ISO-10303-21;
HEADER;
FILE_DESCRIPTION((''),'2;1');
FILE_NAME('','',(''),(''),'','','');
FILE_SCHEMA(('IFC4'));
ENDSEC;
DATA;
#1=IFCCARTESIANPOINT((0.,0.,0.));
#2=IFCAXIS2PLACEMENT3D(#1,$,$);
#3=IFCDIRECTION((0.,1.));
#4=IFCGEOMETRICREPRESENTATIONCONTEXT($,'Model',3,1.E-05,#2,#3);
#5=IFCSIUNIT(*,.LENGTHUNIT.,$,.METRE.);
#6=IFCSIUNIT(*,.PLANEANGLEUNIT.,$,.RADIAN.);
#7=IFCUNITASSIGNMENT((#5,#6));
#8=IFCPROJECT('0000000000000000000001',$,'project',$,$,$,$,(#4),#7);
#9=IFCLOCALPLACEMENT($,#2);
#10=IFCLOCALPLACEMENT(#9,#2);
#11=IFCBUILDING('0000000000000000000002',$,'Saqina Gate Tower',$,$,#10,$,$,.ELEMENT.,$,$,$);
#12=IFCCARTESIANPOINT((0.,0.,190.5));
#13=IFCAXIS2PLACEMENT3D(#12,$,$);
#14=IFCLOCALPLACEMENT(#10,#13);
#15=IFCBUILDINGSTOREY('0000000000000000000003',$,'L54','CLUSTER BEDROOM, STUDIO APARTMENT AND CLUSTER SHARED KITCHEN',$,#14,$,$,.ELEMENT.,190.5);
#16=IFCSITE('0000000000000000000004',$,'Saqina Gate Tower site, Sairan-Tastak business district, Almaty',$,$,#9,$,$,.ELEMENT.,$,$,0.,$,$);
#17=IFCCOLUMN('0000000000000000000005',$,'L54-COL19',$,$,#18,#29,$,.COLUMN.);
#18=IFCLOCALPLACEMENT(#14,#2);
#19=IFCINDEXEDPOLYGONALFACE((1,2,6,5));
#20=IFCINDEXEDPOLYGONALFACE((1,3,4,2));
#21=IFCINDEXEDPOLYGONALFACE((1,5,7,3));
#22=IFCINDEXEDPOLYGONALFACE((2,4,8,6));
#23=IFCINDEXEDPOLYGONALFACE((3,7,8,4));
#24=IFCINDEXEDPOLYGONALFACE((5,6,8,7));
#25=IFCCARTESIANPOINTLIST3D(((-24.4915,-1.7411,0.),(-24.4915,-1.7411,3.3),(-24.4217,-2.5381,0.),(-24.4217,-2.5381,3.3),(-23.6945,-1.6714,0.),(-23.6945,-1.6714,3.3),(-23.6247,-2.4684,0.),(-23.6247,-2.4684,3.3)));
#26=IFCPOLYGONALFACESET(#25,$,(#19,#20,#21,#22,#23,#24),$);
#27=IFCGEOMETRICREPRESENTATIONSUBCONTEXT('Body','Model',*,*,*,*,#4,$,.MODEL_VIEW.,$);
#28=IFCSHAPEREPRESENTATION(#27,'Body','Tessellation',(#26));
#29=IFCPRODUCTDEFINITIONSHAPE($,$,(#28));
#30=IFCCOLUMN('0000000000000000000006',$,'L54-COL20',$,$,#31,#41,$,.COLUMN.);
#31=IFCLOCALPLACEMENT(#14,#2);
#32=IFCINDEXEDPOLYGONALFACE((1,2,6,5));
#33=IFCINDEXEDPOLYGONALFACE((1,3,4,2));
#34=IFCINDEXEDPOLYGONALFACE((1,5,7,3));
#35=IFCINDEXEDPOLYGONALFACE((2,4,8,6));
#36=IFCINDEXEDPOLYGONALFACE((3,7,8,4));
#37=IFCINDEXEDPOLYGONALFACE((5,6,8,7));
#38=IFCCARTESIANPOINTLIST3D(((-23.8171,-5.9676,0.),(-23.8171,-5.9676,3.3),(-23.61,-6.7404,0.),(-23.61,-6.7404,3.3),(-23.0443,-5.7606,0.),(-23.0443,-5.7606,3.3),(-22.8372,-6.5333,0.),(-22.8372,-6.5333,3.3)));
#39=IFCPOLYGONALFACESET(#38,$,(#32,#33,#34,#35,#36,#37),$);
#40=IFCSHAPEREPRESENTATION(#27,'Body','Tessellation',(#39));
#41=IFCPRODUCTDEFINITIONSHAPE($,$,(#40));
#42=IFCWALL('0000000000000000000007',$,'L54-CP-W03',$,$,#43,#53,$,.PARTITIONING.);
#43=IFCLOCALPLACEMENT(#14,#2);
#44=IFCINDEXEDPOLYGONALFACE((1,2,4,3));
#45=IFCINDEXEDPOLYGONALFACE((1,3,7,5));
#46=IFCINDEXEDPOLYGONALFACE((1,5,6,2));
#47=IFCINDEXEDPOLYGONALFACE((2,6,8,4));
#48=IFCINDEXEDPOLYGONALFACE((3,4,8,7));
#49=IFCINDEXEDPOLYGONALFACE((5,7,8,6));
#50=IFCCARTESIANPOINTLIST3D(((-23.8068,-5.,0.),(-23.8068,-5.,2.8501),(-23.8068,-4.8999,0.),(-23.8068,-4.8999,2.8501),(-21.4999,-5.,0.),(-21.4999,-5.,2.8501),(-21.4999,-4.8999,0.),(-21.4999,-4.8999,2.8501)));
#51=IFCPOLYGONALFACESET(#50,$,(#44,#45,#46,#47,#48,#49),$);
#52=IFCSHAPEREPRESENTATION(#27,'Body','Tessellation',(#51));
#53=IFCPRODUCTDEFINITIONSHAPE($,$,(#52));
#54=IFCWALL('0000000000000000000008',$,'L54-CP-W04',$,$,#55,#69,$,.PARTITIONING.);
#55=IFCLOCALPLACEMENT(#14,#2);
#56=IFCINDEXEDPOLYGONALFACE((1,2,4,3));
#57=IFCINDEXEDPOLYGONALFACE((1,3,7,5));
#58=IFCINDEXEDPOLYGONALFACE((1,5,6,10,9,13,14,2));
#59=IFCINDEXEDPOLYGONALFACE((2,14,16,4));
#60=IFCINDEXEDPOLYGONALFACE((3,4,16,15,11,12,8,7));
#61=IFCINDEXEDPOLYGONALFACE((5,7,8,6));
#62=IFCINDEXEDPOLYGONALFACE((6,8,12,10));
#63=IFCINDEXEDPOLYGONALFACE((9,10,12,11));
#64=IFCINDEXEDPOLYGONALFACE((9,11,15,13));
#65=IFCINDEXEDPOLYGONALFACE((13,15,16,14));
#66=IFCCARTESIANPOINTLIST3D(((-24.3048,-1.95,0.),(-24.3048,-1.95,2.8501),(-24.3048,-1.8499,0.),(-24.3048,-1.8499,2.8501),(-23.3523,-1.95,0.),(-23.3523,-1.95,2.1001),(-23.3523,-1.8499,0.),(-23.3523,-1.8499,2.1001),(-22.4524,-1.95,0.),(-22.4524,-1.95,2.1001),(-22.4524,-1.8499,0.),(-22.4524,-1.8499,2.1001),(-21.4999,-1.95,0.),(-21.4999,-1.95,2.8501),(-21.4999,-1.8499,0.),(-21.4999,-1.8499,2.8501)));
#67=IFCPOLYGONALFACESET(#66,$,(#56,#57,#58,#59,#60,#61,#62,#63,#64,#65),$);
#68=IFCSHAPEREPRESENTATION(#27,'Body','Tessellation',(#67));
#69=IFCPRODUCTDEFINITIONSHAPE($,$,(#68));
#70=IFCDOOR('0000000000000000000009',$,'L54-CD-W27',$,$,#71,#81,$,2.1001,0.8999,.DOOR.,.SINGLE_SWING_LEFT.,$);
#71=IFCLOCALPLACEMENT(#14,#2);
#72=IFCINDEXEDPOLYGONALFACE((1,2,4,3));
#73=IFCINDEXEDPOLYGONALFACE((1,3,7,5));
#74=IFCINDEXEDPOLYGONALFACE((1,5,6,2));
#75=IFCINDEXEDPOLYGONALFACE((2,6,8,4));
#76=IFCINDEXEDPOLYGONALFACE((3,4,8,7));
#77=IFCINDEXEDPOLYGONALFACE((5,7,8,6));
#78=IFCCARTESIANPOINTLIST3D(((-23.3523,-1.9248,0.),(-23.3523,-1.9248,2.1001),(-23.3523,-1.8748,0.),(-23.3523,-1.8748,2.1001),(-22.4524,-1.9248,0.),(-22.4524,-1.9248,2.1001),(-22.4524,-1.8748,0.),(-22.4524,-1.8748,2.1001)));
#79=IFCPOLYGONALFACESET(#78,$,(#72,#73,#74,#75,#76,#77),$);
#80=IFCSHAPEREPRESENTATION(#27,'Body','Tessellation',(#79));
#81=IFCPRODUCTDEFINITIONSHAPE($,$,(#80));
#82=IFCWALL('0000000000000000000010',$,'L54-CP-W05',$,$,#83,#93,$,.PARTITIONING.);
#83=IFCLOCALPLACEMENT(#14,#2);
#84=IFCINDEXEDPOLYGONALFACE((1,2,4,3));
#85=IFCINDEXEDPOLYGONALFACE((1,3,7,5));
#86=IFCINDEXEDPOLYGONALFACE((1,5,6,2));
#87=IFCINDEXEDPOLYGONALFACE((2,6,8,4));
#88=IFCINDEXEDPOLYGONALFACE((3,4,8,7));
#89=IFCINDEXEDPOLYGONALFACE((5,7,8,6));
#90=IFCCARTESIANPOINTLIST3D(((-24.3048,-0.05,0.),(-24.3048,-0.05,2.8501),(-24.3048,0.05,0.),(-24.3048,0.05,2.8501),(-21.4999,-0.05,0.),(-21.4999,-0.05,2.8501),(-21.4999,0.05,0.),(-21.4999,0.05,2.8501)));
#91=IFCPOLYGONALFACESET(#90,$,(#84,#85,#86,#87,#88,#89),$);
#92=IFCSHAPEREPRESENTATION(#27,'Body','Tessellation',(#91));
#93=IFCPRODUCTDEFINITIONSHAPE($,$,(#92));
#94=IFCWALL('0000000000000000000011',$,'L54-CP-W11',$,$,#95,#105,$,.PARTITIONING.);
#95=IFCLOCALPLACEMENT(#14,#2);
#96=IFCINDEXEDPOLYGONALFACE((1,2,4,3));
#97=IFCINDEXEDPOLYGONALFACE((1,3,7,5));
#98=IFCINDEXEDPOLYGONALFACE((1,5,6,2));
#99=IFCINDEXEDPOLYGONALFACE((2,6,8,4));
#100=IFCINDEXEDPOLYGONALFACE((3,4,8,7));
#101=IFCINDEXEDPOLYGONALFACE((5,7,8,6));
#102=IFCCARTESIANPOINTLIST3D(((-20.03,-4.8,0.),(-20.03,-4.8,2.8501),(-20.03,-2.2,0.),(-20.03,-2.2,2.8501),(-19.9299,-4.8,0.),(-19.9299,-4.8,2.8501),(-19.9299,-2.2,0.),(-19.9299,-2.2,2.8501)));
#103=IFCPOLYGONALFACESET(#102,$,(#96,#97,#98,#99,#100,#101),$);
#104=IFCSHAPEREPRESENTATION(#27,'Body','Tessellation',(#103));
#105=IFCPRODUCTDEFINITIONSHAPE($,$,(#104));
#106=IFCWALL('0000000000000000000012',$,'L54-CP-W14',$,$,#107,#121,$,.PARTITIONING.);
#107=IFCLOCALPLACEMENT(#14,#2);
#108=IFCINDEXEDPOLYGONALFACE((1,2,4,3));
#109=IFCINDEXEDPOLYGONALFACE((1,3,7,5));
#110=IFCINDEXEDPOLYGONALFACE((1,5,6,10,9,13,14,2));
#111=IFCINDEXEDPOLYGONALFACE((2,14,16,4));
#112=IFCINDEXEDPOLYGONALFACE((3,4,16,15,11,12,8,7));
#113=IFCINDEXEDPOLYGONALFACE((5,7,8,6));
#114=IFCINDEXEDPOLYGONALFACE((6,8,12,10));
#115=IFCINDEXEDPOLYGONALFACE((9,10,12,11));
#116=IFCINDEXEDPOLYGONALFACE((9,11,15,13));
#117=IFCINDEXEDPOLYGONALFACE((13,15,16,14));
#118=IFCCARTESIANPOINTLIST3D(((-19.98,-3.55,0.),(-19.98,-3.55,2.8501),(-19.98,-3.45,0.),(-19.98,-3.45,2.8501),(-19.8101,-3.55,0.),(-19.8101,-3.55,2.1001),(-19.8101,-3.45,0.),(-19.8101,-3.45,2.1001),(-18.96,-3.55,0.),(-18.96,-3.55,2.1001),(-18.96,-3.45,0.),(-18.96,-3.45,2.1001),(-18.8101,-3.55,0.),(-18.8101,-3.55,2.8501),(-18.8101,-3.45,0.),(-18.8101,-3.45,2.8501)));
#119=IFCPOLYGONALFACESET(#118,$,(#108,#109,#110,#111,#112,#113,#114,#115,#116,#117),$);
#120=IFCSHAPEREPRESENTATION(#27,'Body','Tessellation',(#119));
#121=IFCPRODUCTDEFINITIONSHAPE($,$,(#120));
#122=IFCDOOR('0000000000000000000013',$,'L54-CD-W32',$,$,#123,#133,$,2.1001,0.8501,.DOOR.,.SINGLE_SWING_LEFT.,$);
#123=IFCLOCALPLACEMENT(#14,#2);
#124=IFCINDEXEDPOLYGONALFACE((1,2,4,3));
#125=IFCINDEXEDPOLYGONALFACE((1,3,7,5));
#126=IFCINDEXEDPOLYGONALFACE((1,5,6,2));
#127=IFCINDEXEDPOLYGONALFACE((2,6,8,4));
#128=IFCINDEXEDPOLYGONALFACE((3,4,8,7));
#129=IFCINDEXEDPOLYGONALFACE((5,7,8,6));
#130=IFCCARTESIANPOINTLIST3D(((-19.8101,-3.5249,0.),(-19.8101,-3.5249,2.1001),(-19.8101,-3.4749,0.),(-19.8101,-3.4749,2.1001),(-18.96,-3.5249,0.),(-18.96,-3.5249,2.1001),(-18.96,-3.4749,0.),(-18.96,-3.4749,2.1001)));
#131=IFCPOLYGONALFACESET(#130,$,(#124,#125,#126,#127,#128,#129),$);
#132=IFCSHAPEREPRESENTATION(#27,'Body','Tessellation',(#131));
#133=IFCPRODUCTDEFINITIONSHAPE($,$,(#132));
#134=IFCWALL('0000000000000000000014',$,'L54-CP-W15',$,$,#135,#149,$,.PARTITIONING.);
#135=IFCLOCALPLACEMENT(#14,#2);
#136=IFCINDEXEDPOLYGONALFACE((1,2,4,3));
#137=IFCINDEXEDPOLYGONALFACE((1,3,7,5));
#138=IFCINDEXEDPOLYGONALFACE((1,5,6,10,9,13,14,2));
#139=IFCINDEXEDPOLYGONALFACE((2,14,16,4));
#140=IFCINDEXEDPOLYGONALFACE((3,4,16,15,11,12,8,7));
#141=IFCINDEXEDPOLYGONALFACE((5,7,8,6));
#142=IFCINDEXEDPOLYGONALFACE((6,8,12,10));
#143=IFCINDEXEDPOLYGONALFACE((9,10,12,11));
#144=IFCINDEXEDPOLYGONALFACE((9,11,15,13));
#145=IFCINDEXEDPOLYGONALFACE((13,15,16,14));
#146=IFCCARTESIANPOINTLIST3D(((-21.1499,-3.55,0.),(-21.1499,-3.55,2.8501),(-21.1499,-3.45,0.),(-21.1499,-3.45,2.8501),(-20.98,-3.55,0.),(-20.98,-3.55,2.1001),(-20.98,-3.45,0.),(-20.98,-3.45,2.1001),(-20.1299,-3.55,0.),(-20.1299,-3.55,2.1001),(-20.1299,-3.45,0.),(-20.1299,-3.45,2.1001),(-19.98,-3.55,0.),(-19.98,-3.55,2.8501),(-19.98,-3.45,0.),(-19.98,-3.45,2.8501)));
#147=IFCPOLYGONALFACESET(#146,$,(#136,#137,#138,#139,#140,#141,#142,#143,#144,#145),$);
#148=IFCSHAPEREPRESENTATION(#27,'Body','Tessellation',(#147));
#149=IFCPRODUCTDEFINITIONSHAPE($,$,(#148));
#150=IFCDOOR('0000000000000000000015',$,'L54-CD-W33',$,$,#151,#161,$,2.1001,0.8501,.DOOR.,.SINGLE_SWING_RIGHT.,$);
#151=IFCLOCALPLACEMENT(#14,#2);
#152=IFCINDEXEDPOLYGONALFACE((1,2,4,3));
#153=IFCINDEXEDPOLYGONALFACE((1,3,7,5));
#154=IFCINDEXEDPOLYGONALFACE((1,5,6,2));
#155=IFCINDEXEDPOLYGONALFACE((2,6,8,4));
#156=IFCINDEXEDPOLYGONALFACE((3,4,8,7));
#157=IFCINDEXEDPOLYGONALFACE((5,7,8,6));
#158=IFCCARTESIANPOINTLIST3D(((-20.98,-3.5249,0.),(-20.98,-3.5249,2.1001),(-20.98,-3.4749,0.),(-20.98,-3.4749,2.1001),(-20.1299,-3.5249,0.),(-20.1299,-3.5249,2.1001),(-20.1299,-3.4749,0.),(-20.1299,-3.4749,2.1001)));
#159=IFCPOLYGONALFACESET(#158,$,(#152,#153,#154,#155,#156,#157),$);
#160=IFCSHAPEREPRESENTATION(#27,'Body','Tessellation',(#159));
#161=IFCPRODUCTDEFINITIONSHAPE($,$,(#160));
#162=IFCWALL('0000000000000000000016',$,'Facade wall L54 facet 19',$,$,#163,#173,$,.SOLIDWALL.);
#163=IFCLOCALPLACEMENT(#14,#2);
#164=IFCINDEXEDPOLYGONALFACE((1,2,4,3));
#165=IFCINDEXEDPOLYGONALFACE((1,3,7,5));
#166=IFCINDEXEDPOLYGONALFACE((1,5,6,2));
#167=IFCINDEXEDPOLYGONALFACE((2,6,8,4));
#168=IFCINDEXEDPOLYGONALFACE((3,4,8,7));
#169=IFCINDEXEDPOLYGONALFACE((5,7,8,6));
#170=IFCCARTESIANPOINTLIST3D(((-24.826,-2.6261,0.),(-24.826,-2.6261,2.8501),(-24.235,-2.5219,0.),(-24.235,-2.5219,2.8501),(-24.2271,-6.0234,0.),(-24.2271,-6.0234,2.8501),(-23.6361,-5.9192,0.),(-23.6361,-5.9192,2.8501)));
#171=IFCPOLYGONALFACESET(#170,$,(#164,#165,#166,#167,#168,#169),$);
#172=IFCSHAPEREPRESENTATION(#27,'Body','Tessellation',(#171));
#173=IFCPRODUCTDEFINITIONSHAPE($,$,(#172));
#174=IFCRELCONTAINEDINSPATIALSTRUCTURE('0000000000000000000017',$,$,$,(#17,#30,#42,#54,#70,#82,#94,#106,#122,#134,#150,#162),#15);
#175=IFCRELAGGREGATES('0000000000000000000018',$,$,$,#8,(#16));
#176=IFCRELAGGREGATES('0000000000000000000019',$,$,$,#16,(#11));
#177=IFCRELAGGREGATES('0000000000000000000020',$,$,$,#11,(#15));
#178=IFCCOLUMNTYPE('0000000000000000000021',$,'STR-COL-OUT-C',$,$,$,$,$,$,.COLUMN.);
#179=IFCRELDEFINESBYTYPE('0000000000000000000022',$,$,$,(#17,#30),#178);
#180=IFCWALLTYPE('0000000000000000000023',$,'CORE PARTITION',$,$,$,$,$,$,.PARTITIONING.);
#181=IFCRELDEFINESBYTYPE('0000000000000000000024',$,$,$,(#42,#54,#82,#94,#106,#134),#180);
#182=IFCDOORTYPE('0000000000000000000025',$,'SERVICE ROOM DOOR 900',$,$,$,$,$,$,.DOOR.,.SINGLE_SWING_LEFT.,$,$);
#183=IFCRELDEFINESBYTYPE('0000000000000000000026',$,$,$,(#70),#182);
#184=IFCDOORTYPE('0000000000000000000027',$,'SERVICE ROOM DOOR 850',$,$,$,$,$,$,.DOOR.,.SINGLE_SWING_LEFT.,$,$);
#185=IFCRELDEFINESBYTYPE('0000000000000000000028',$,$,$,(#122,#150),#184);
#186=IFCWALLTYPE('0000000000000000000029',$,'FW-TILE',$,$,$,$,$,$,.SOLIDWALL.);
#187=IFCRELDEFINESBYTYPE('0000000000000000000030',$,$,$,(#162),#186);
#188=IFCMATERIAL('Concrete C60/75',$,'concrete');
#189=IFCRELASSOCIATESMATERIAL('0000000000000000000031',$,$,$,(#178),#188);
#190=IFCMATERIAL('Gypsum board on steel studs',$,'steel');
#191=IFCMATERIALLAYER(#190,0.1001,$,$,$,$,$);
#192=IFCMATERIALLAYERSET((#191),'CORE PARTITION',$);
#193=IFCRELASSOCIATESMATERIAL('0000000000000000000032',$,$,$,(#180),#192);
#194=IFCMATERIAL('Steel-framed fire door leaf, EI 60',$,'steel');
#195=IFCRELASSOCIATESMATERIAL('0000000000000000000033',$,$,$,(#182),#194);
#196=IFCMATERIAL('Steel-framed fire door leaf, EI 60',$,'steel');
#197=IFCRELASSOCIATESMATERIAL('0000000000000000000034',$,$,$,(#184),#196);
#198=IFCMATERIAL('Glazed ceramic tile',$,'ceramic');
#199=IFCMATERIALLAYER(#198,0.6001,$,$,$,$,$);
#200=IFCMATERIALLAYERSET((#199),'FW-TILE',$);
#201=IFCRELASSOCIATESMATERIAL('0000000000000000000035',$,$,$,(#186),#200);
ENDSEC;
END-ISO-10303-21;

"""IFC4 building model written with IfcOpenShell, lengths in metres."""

from ifc_helpers import new_model, si_unit, direction, frame, frame_2d, origin, origin_2d, place, context, subcontext, project, spatial, rectangle, extrude, material, layer, layer_set, material_profile, profile_set, type_object, element, fill, save


model = new_model("IFC4")

# Units and contexts
model_context = context("Model", 3, precision=1e-05, world=origin(), true_north=direction((0.0, 1.0)))
body_context = subcontext(model_context, "Body", "Model", "MODEL_VIEW")
ifc_project = project(units=[si_unit("LENGTHUNIT", "METRE"), si_unit("PLANEANGLEUNIT", "RADIAN")], contexts=[model_context])

# Site, building, storey
site_placement = place(None, origin())
site = spatial("IfcSite", under=ifc_project, at=site_placement, Name="Saqina Gate Tower site, Sairan-Tastak business district, Almaty", CompositionType="ELEMENT", RefElevation=0.0)
building_placement = place(site_placement, origin())
building = spatial("IfcBuilding", under=site, at=building_placement, Name="Saqina Gate Tower", CompositionType="ELEMENT")
storey_placement = place(building_placement, frame((0.0, 0.0, 190.5)))
storey = spatial("IfcBuildingStorey", under=building, at=storey_placement, Name="L54", Description="CLUSTER BEDROOM, STUDIO APARTMENT AND CLUSTER SHARED KITCHEN", CompositionType="ELEMENT", Elevation=190.5)

# Columns
ifc_material_1 = material(Name="Concrete C60/75", Category="concrete")
ifc_material_profile = material_profile(ifc_material_1, rectangle(XDim=0.8, YDim=0.8, at=origin_2d()), Name="RC 800x800")
ifc_profile_set = profile_set([ifc_material_profile], Name="Concrete C60/75")
column_type = type_object("IfcColumnType", Name="STR-COL-OUT-C", PredefinedType="COLUMN", material=ifc_profile_set)
for number, where, z_axis, x_axis, name in (
    (1, (-24.0581, -2.1047, 0.0), (0.0, 0.0, 1.0), (-0.996195, -0.087156, 0.0), "L54-COL19"),
    (2, (-23.3271, -6.2505, 0.0), (0.0, 0.0, 1.0), (-0.965926, -0.258819, 0.0), "L54-COL20"),
):
    element("IfcColumn", number, at=place(storey_placement, frame(where, z_axis=z_axis, x_axis=x_axis)), inside=storey, type_object=column_type, Name=name, PredefinedType="COLUMN", context=body_context, shape_type="SweptSolid", body=[
        extrude(rectangle(XDim=0.8, YDim=0.8, at=origin_2d()), origin(), (0.0, 0.0, 1.0), 3.3),
    ])

# Wall
ifc_material_2 = material(Name="Gypsum board on steel studs", Category="steel")
ifc_layer_1 = layer(ifc_material_2, 0.1001)
ifc_layer_set_1 = layer_set([ifc_layer_1], Name="CORE PARTITION")
wall_type_1 = type_object("IfcWallType", Name="CORE PARTITION", PredefinedType="PARTITIONING", material=ifc_layer_set_1)
wall_1_placement = place(storey_placement, frame((-21.5, -4.95, 0.0), z_axis=(0.0, 0.0, 1.0), x_axis=(-1.0, 0.0, 0.0)))
element("IfcWall", 3, at=wall_1_placement, inside=storey, type_object=wall_type_1, Name="L54-CP-W03", PredefinedType="PARTITIONING", context=body_context, shape_type="SweptSolid", body=[
    extrude(rectangle(XDim=2.3069, YDim=0.1001, at=frame_2d((1.1533, 0.0))), origin(), (0.0, 0.0, 1.0), 2.8501),
])

# Wall, opening, door
wall_2_placement = place(storey_placement, frame((-21.5, -1.8999, 0.0), z_axis=(0.0, 0.0, 1.0), x_axis=(-1.0, 0.0, 0.0)))
wall_2 = element("IfcWall", 4, at=wall_2_placement, inside=storey, type_object=wall_type_1, Name="L54-CP-W04", PredefinedType="PARTITIONING", context=body_context, shape_type="SweptSolid", body=[
    extrude(rectangle(XDim=2.8049, YDim=0.1001, at=frame_2d((1.4023, 0.0))), origin(), (0.0, 0.0, 1.0), 2.8501),
])
opening_1_placement = place(wall_2_placement, frame((0.9524, 0.0, 0.0)))
opening_1 = element("IfcOpeningElement", 5, at=opening_1_placement, cuts=wall_2, PredefinedType="OPENING", context=body_context, shape_type="SweptSolid", body=[
    extrude(rectangle(XDim=0.8999, YDim=2.1001, at=frame_2d((0.45, 1.05))), frame((0.0, 0.062, 0.0), z_axis=(0.0, -1.0, 0.0), x_axis=(1.0, 0.0, 0.0)), (0.0, 0.0, 1.0), 0.124),
])
ifc_material_3 = material(Name="Steel-framed fire door leaf, EI 60", Category="steel")
door_type_1 = type_object("IfcDoorType", Name="SERVICE ROOM DOOR 900", OperationType="SINGLE_SWING_LEFT", PredefinedType="DOOR", material=ifc_material_3)
door_1_placement = place(opening_1_placement, origin())
door_1 = element("IfcDoor", 6, at=door_1_placement, inside=storey, type_object=door_type_1, Name="L54-CD-W27", OperationType="SINGLE_SWING_LEFT", OverallHeight=2.1001, OverallWidth=0.8999, PredefinedType="DOOR", context=body_context, shape_type="SweptSolid", body=[
    extrude(rectangle(XDim=0.8999, YDim=2.1001, at=frame_2d((0.45, 1.05))), frame((0.0, 0.0249, 0.0), z_axis=(0.0, -1.0, 0.0), x_axis=(1.0, 0.0, 0.0)), (0.0, 0.0, 1.0), 0.05),
])
fill(opening_1, door_1)

# Walls
wall_3_placement = place(storey_placement, frame((-21.5, 0.0, 0.0), z_axis=(0.0, 0.0, 1.0), x_axis=(-1.0, 0.0, 0.0)))
element("IfcWall", 7, at=wall_3_placement, inside=storey, type_object=wall_type_1, Name="L54-CP-W05", PredefinedType="PARTITIONING", context=body_context, shape_type="SweptSolid", body=[
    extrude(rectangle(XDim=2.8049, YDim=0.1001, at=frame_2d((1.4023, 0.0))), origin(), (0.0, 0.0, 1.0), 2.8501),
])
wall_4_placement = place(storey_placement, frame((-19.98, -4.8, 0.0), z_axis=(0.0, 0.0, 1.0), x_axis=(0.0, 1.0, 0.0)))
element("IfcWall", 8, at=wall_4_placement, inside=storey, type_object=wall_type_1, Name="L54-CP-W11", PredefinedType="PARTITIONING", context=body_context, shape_type="SweptSolid", body=[
    extrude(rectangle(XDim=2.6001, YDim=0.1001, at=frame_2d((1.3, 0.0))), origin(), (0.0, 0.0, 1.0), 2.8501),
])

# Walls, openings, doors
wall_5_placement = place(storey_placement, frame((-18.8101, -3.5, 0.0), z_axis=(0.0, 0.0, 1.0), x_axis=(-1.0, 0.0, 0.0)))
wall_5 = element("IfcWall", 9, at=wall_5_placement, inside=storey, type_object=wall_type_1, Name="L54-CP-W14", PredefinedType="PARTITIONING", context=body_context, shape_type="SweptSolid", body=[
    extrude(rectangle(XDim=1.1699, YDim=0.1001, at=frame_2d((0.585, 0.0))), origin(), (0.0, 0.0, 1.0), 2.8501),
])
opening_2_placement = place(wall_5_placement, frame((0.1499, 0.0, 0.0)))
opening_2 = element("IfcOpeningElement", 10, at=opening_2_placement, cuts=wall_5, PredefinedType="OPENING", context=body_context, shape_type="SweptSolid", body=[
    extrude(rectangle(XDim=0.8501, YDim=2.1001, at=frame_2d((0.425, 1.05))), frame((0.0, 0.062, 0.0), z_axis=(0.0, -1.0, 0.0), x_axis=(1.0, 0.0, 0.0)), (0.0, 0.0, 1.0), 0.124),
])
ifc_material_4 = material(Name="Steel-framed fire door leaf, EI 60", Category="steel")
door_type_2 = type_object("IfcDoorType", Name="SERVICE ROOM DOOR 850", OperationType="SINGLE_SWING_LEFT", PredefinedType="DOOR", material=ifc_material_4)
door_2_placement = place(opening_2_placement, origin())
door_2 = element("IfcDoor", 11, at=door_2_placement, inside=storey, type_object=door_type_2, Name="L54-CD-W32", OperationType="SINGLE_SWING_LEFT", OverallHeight=2.1001, OverallWidth=0.8501, PredefinedType="DOOR", context=body_context, shape_type="SweptSolid", body=[
    extrude(rectangle(XDim=0.8501, YDim=2.1001, at=frame_2d((0.425, 1.05))), frame((0.0, 0.0249, 0.0), z_axis=(0.0, -1.0, 0.0), x_axis=(1.0, 0.0, 0.0)), (0.0, 0.0, 1.0), 0.05),
])
fill(opening_2, door_2)
wall_6_placement = place(storey_placement, frame((-19.98, -3.5, 0.0), z_axis=(0.0, 0.0, 1.0), x_axis=(-1.0, 0.0, 0.0)))
wall_6 = element("IfcWall", 12, at=wall_6_placement, inside=storey, type_object=wall_type_1, Name="L54-CP-W15", PredefinedType="PARTITIONING", context=body_context, shape_type="SweptSolid", body=[
    extrude(rectangle(XDim=1.1699, YDim=0.1001, at=frame_2d((0.585, 0.0))), origin(), (0.0, 0.0, 1.0), 2.8501),
])
opening_3_placement = place(wall_6_placement, frame((0.1499, 0.0, 0.0)))
opening_3 = element("IfcOpeningElement", 13, at=opening_3_placement, cuts=wall_6, PredefinedType="OPENING", context=body_context, shape_type="SweptSolid", body=[
    extrude(rectangle(XDim=0.8501, YDim=2.1001, at=frame_2d((0.425, 1.05))), frame((0.0, 0.062, 0.0), z_axis=(0.0, -1.0, 0.0), x_axis=(1.0, 0.0, 0.0)), (0.0, 0.0, 1.0), 0.124),
])
door_3_placement = place(opening_3_placement, origin())
door_3 = element("IfcDoor", 14, at=door_3_placement, inside=storey, type_object=door_type_2, Name="L54-CD-W33", OperationType="SINGLE_SWING_RIGHT", OverallHeight=2.1001, OverallWidth=0.8501, PredefinedType="DOOR", context=body_context, shape_type="SweptSolid", body=[
    extrude(rectangle(XDim=0.8501, YDim=2.1001, at=frame_2d((0.425, 1.05))), frame((0.0, 0.0249, 0.0), z_axis=(0.0, -1.0, 0.0), x_axis=(1.0, 0.0, 0.0)), (0.0, 0.0, 1.0), 0.05),
])
fill(opening_3, door_3)

# Wall
ifc_material_5 = material(Name="Glazed ceramic tile", Category="ceramic")
ifc_layer_2 = layer(ifc_material_5, 0.6001)
ifc_layer_set_2 = layer_set([ifc_layer_2], Name="FW-TILE")
wall_type_2 = type_object("IfcWallType", Name="FW-TILE", PredefinedType="SOLIDWALL", material=ifc_layer_set_2)
wall_7_placement = place(storey_placement, frame((-24.5305, -2.574, 0.0), z_axis=(0.0, 0.0, 1.0), x_axis=(0.173608, -0.984815, 0.0)))
element("IfcWall", 15, at=wall_7_placement, inside=storey, type_object=wall_type_2, Name="Facade wall L54 facet 19", PredefinedType="SOLIDWALL", context=body_context, shape_type="SweptSolid", body=[
    extrude(rectangle(XDim=3.4497, YDim=0.6001, at=frame_2d((1.7249, 0.0))), origin(), (0.0, 0.0, 1.0), 2.8501),
])

save(model, "model.ifc")
